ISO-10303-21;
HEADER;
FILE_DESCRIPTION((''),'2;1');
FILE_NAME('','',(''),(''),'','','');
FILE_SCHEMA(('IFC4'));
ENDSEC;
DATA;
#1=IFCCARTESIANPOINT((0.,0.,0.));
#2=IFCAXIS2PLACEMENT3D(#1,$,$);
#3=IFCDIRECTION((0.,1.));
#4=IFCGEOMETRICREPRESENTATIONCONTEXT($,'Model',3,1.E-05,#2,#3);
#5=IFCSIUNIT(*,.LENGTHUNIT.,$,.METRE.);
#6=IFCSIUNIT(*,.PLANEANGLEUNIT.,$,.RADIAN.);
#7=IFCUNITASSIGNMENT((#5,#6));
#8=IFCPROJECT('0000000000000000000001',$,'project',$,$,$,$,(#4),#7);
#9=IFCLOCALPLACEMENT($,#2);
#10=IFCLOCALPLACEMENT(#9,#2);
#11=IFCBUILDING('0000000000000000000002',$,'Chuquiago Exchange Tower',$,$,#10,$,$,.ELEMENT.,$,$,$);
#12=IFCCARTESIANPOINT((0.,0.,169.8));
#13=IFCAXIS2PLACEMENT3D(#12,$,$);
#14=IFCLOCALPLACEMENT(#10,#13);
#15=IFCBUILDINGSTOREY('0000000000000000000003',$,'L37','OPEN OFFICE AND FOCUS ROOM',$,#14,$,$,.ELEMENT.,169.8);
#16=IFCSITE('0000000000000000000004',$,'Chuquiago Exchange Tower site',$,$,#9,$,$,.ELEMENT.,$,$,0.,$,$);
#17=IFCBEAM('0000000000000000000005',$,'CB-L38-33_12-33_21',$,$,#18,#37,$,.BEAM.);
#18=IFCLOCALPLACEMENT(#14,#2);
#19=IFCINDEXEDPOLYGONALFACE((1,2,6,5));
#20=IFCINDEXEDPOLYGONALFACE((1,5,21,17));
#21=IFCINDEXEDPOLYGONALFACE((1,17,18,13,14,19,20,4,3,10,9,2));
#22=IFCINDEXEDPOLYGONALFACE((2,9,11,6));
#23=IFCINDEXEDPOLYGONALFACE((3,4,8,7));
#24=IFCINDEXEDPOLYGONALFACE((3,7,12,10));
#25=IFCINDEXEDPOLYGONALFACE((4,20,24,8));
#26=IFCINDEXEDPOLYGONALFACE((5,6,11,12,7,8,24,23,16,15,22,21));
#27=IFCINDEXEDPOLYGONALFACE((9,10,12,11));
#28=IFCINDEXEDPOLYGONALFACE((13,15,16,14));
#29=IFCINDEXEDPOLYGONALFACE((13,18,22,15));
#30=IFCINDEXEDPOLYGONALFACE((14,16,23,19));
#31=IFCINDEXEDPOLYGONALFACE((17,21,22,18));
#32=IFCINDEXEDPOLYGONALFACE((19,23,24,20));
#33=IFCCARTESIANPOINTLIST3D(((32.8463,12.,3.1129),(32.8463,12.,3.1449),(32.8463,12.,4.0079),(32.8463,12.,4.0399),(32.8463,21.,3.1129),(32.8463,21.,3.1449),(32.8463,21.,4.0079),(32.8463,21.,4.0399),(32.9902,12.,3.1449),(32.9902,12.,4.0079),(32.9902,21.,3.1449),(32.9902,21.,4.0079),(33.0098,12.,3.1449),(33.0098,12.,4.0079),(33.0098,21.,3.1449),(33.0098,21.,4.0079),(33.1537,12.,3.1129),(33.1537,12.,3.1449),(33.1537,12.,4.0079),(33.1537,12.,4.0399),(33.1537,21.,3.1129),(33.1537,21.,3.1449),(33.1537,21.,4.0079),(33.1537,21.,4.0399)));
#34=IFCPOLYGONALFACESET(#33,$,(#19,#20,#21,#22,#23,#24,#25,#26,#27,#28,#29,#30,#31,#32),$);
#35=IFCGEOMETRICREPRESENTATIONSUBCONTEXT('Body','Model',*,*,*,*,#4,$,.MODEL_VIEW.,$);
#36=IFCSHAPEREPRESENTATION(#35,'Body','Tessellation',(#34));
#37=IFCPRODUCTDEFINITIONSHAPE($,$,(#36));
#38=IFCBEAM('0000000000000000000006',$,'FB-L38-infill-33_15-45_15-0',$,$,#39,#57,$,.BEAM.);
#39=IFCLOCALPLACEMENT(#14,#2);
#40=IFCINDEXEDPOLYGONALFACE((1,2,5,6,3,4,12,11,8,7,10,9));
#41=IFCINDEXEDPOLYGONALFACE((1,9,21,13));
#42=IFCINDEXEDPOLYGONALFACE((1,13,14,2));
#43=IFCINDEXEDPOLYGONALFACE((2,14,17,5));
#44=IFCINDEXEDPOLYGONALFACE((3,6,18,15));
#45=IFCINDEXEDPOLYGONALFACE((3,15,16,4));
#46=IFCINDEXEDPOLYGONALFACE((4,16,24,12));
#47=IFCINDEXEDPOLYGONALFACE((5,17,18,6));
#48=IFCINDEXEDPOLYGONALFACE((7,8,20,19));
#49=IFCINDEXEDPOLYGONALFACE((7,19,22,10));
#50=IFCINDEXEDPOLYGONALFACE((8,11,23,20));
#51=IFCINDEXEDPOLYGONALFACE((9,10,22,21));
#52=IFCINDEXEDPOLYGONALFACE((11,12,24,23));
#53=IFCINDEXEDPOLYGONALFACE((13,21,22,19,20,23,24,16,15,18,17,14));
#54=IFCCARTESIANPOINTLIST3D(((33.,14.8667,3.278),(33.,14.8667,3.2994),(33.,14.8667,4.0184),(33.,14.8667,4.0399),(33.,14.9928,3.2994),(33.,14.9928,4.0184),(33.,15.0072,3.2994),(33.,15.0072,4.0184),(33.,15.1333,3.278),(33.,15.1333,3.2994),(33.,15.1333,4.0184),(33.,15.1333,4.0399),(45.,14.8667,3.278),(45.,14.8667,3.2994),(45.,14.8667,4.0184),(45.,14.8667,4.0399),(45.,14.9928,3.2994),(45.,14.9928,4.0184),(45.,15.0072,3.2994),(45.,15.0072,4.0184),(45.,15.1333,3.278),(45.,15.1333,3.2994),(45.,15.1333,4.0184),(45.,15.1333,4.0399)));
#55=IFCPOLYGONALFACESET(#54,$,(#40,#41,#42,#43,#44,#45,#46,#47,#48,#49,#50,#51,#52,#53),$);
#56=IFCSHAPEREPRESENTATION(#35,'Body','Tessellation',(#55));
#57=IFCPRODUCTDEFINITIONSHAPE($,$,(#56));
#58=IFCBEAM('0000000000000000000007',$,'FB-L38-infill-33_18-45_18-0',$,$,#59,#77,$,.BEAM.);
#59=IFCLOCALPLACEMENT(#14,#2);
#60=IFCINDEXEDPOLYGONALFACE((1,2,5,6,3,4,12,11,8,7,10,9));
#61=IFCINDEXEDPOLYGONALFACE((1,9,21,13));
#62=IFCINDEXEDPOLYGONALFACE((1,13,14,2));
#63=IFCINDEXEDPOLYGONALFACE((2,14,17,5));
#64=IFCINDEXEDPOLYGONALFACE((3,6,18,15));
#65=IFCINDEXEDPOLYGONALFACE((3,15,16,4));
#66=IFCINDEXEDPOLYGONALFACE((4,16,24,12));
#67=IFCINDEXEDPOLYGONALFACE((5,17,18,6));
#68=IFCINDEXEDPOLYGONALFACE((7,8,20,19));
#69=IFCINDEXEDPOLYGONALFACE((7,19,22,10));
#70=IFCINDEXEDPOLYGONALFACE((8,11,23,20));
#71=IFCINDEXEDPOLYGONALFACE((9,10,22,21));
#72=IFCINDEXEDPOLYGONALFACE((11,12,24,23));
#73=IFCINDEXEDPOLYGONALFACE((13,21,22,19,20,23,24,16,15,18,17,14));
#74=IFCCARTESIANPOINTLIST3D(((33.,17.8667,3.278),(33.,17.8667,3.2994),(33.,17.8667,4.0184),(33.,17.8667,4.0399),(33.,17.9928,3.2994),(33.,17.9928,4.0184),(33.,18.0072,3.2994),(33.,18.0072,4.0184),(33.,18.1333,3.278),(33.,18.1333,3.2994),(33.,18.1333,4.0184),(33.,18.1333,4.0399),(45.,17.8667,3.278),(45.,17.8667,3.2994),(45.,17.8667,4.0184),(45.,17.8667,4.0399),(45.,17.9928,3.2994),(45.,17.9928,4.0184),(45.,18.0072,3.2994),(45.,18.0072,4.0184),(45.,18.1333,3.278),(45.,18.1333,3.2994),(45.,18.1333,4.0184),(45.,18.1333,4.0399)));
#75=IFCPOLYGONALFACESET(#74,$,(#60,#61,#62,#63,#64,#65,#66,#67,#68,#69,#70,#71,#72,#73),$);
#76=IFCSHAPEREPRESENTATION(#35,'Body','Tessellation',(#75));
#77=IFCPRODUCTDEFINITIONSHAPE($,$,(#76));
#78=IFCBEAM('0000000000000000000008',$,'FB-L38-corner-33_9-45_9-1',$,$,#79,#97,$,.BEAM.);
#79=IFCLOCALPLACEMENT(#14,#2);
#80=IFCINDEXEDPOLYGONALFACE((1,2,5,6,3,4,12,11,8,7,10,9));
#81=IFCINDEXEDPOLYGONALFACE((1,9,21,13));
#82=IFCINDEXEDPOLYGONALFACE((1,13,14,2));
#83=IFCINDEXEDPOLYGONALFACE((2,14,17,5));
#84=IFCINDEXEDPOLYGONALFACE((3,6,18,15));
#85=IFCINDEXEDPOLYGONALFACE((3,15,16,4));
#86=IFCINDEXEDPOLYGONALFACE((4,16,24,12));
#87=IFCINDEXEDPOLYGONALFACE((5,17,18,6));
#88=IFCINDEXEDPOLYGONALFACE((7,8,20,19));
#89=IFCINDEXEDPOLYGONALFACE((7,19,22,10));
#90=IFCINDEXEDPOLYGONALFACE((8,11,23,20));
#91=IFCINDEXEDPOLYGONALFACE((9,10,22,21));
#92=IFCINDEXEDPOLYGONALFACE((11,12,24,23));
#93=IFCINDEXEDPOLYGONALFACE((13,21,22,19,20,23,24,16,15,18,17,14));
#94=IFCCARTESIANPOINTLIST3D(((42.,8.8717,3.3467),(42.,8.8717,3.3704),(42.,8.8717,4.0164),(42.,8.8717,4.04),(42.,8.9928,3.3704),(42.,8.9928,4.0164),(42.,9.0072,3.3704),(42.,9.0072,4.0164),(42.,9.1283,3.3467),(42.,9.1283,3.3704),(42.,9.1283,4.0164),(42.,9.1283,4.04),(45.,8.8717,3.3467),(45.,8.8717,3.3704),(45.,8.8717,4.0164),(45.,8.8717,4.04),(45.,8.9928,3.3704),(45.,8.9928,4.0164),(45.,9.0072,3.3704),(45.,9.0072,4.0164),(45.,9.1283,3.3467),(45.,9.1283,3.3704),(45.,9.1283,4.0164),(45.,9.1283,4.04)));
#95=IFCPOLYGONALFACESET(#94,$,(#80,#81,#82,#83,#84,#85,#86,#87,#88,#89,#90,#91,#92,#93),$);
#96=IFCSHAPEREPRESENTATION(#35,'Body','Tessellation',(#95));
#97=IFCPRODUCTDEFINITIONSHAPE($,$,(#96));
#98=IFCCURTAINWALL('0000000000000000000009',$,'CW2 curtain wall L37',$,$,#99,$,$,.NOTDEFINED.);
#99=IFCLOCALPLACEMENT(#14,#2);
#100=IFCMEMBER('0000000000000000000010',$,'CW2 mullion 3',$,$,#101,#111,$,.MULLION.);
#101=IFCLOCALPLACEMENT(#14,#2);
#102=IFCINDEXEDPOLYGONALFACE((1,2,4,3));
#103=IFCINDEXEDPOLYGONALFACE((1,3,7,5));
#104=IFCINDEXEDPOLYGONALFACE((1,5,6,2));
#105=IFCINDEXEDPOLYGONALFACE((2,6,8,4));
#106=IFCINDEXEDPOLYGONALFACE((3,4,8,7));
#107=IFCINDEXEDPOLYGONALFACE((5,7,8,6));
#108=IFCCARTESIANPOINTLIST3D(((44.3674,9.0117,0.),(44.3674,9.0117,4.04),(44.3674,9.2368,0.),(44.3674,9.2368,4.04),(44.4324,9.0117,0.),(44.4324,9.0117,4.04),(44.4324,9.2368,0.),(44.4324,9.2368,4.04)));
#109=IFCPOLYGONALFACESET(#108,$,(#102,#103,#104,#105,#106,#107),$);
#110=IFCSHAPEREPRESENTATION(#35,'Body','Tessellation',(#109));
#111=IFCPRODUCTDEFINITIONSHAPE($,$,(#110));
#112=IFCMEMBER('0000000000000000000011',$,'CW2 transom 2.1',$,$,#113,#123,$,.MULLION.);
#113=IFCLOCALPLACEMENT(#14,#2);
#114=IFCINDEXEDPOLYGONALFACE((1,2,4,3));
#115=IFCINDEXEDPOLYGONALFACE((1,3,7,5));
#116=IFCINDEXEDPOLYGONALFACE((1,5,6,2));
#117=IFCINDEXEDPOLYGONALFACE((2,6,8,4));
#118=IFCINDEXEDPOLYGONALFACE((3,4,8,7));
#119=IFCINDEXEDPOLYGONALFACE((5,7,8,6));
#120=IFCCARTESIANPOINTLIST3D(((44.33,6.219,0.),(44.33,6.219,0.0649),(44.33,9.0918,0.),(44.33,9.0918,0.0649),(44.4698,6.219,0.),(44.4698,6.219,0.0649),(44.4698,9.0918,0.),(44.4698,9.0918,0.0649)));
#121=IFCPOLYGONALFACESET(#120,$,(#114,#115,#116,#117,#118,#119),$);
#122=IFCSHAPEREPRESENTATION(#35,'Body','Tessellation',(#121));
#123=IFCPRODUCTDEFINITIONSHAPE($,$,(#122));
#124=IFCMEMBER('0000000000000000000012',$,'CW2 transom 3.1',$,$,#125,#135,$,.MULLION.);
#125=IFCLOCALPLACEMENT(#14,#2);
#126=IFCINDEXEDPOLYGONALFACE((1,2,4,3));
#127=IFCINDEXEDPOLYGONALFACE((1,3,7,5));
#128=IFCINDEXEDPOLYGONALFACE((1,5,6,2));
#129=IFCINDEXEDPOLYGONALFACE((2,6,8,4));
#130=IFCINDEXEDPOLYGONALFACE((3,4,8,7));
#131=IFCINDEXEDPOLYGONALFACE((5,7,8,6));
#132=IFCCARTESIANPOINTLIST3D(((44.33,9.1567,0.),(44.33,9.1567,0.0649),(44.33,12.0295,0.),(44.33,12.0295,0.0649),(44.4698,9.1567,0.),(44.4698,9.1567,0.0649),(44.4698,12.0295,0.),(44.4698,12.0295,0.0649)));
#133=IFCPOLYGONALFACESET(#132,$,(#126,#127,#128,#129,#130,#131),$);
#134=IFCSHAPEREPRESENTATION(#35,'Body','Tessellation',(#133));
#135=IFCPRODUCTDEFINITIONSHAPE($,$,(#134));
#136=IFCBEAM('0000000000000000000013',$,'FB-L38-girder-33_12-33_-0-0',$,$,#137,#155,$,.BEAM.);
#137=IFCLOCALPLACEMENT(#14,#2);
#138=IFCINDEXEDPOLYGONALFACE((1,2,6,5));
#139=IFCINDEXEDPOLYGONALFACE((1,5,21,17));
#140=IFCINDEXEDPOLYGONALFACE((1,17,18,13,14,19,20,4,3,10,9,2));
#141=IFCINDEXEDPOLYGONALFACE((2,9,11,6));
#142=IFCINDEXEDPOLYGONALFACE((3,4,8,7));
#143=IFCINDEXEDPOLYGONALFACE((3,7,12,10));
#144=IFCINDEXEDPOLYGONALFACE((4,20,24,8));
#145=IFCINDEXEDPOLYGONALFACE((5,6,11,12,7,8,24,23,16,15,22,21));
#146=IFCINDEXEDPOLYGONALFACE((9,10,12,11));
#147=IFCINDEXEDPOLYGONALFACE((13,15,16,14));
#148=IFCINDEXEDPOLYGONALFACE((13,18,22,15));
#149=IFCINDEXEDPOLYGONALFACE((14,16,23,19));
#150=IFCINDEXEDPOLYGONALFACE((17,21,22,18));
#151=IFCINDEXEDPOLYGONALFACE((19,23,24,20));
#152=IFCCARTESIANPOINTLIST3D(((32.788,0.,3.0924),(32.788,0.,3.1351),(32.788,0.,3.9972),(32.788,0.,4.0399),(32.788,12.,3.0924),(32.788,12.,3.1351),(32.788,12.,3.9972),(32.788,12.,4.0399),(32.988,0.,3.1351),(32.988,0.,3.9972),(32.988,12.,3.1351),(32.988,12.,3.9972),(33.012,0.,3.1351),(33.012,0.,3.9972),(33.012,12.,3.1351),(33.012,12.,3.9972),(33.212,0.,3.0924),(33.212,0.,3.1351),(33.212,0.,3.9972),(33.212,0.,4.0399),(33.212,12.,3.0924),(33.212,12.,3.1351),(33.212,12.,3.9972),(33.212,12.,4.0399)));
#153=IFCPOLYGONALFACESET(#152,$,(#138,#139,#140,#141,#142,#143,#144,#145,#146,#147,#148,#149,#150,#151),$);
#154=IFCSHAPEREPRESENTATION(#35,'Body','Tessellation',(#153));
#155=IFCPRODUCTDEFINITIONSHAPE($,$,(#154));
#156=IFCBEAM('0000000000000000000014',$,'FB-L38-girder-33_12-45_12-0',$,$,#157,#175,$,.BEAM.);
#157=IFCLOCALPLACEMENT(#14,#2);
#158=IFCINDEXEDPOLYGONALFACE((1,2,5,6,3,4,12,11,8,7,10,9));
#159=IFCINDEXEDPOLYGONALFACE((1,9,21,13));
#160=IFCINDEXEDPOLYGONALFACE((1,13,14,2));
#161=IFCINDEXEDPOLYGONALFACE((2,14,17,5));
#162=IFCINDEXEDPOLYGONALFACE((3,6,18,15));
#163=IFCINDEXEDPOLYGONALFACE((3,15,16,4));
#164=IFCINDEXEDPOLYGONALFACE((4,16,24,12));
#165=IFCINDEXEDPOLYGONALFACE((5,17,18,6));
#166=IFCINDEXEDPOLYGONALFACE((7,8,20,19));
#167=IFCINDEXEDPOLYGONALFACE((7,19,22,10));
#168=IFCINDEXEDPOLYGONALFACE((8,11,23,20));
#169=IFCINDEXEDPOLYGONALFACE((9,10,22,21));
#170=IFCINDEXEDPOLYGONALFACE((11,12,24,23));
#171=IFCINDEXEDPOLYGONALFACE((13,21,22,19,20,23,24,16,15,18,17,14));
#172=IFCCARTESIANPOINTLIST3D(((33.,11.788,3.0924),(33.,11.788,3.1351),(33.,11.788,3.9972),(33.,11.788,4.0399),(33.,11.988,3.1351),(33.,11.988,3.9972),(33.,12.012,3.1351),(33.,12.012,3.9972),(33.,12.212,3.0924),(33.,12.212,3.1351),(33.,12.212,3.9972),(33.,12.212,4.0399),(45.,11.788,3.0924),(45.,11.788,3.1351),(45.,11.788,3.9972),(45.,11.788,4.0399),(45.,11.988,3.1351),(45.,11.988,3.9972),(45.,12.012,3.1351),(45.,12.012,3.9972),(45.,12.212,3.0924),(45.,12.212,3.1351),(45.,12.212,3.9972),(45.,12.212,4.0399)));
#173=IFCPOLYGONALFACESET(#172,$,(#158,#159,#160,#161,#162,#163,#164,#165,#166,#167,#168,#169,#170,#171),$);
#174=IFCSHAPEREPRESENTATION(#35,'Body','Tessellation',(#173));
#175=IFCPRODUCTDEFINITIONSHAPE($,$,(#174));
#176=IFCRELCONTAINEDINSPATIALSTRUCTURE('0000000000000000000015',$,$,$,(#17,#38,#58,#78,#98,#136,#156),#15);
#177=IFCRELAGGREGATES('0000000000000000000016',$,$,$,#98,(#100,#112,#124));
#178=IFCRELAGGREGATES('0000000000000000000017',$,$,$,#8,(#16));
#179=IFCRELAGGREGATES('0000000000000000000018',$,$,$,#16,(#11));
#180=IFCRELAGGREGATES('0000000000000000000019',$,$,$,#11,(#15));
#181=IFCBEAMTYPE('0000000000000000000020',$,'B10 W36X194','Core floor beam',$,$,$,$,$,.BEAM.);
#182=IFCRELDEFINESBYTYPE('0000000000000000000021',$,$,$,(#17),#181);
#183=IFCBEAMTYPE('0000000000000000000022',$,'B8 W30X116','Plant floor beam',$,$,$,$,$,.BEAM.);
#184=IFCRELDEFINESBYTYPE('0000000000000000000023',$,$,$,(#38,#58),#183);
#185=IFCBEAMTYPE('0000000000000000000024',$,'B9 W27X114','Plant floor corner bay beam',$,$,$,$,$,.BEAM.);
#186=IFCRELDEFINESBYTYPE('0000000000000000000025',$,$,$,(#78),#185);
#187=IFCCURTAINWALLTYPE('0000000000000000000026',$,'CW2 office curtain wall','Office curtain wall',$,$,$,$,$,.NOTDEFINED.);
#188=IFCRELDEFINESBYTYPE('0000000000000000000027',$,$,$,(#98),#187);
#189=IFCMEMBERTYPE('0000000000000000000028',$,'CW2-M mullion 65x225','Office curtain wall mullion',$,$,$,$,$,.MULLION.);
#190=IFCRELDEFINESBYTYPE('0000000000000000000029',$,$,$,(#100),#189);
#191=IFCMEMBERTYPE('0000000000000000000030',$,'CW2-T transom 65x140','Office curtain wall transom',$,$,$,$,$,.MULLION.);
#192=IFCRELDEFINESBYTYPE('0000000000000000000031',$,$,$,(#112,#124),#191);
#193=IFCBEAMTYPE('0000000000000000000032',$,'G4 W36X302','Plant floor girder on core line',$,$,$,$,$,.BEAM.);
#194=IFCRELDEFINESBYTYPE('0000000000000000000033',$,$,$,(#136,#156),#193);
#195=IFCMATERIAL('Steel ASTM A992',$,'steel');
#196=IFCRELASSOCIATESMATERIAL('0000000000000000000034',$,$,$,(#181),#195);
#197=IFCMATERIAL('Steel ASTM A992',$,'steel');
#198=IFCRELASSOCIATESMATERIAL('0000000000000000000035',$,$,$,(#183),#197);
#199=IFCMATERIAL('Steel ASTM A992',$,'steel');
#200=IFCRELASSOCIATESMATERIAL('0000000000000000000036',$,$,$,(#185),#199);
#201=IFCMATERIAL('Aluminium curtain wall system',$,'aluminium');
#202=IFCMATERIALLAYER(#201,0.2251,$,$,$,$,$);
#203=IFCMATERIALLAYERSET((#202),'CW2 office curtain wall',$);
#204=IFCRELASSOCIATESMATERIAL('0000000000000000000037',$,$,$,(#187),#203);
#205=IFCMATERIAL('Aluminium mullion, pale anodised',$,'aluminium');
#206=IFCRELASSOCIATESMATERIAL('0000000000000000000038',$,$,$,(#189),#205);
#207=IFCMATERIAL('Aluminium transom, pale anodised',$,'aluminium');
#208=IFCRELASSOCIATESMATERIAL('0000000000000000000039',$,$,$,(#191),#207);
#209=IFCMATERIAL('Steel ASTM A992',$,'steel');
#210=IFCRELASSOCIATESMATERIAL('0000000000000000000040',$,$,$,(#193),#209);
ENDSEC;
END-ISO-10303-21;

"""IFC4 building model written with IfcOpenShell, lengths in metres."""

from ifc_helpers import new_model, si_unit, direction, frame, origin, origin_2d, place, context, subcontext, project, spatial, rectangle, i_section, extrude, material, layer, layer_set, material_profile, profile_set, type_object, element, aggregate, save


model = new_model("IFC4")

# Units and contexts
model_context = context("Model", 3, precision=1e-05, world=origin(), true_north=direction((0.0, 1.0)))
body_context = subcontext(model_context, "Body", "Model", "MODEL_VIEW")
ifc_project = project(units=[si_unit("LENGTHUNIT", "METRE"), si_unit("PLANEANGLEUNIT", "RADIAN")], contexts=[model_context])

# Site, building, storey
site_placement = place(None, origin())
site = spatial("IfcSite", under=ifc_project, at=site_placement, Name="Chuquiago Exchange Tower site", CompositionType="ELEMENT", RefElevation=0.0)
building_placement = place(site_placement, origin())
building = spatial("IfcBuilding", under=site, at=building_placement, Name="Chuquiago Exchange Tower", CompositionType="ELEMENT")
storey_placement = place(building_placement, frame((0.0, 0.0, 169.8)))
storey = spatial("IfcBuildingStorey", under=building, at=storey_placement, Name="L37", Description="OPEN OFFICE AND FOCUS ROOM", CompositionType="ELEMENT", Elevation=169.8)

# Beams
ifc_material_1 = material(Name="Steel ASTM A992", Category="steel")
ifc_material_profile_1 = material_profile(ifc_material_1, i_section(OverallWidth=0.3074, OverallDepth=0.927, WebThickness=0.0195, FlangeThickness=0.032, at=origin_2d()), Name="W36X194")
ifc_profile_set_1 = profile_set([ifc_material_profile_1], Name="Steel ASTM A992")
beam_type_1 = type_object("IfcBeamType", Name="B10 W36X194", Description="Core floor beam", PredefinedType="BEAM", material=ifc_profile_set_1)
beam_1_placement = place(storey_placement, frame((33.0, 12.0, 3.5764), z_axis=(0.0, 1.0, 0.0), x_axis=(-1.0, 0.0, 0.0)))
element("IfcBeam", 1, at=beam_1_placement, inside=storey, type_object=beam_type_1, Name="CB-L38-33_12-33_21", PredefinedType="BEAM", context=body_context, shape_type="SweptSolid", body=[
    extrude(i_section(OverallWidth=0.3074, OverallDepth=0.927, WebThickness=0.0195, FlangeThickness=0.032, at=origin_2d()), origin(), (0.0, 0.0, 1.0), 9.0),
])
ifc_material_2 = material(Name="Steel ASTM A992", Category="steel")
ifc_material_profile_2 = material_profile(ifc_material_2, i_section(OverallWidth=0.2666, OverallDepth=0.762, WebThickness=0.0144, FlangeThickness=0.0215, at=origin_2d()), Name="W30X116")
ifc_profile_set_2 = profile_set([ifc_material_profile_2], Name="Steel ASTM A992")
beam_type_2 = type_object("IfcBeamType", Name="B8 W30X116", Description="Plant floor beam", PredefinedType="BEAM", material=ifc_profile_set_2)
for number, where, z_axis, x_axis, name in (
    (2, (33.0, 15.0, 3.6589), (1.0, 0.0, 0.0), (0.0, 1.0, 0.0), "FB-L38-infill-33_15-45_15-0"),
    (3, (33.0, 18.0, 3.6589), (1.0, 0.0, 0.0), (0.0, 1.0, 0.0), "FB-L38-infill-33_18-45_18-0"),
):
    element("IfcBeam", number, at=place(storey_placement, frame(where, z_axis=z_axis, x_axis=x_axis)), inside=storey, type_object=beam_type_2, Name=name, PredefinedType="BEAM", context=body_context, shape_type="SweptSolid", body=[
        extrude(i_section(OverallWidth=0.2666, OverallDepth=0.762, WebThickness=0.0144, FlangeThickness=0.0215, at=origin_2d()), origin(), (0.0, 0.0, 1.0), 12.0),
    ])
ifc_material_3 = material(Name="Steel ASTM A992", Category="steel")
ifc_material_profile_3 = material_profile(ifc_material_3, i_section(OverallWidth=0.2566, OverallDepth=0.6934, WebThickness=0.0144, FlangeThickness=0.0237, at=origin_2d()), Name="W27X114")
ifc_profile_set_3 = profile_set([ifc_material_profile_3], Name="Steel ASTM A992")
beam_type_3 = type_object("IfcBeamType", Name="B9 W27X114", Description="Plant floor corner bay beam", PredefinedType="BEAM", material=ifc_profile_set_3)
beam_2_placement = place(storey_placement, frame((42.0, 9.0, 3.6934), z_axis=(1.0, 0.0, 0.0), x_axis=(0.0, 1.0, 0.0)))
element("IfcBeam", 4, at=beam_2_placement, inside=storey, type_object=beam_type_3, Name="FB-L38-corner-33_9-45_9-1", PredefinedType="BEAM", context=body_context, shape_type="SweptSolid", body=[
    extrude(i_section(OverallWidth=0.2566, OverallDepth=0.6934, WebThickness=0.0144, FlangeThickness=0.0237, at=origin_2d()), origin(), (0.0, 0.0, 1.0), 3.0),
])

# Curtain wall, members
ifc_material_4 = material(Name="Aluminium curtain wall system", Category="aluminium")
ifc_layer_1 = layer(ifc_material_4, 0.2251)
ifc_layer_set_1 = layer_set([ifc_layer_1], Name="CW2 office curtain wall")
curtain_wall_type = type_object("IfcCurtainWallType", Name="CW2 office curtain wall", Description="Office curtain wall", PredefinedType="NOTDEFINED", material=ifc_layer_set_1)
curtain_wall_placement = place(storey_placement, origin())
curtain_wall = element("IfcCurtainWall", 5, at=curtain_wall_placement, inside=storey, type_object=curtain_wall_type, Name="CW2 curtain wall L37", PredefinedType="NOTDEFINED")
ifc_material_5 = material(Name="Aluminium mullion, pale anodised", Category="aluminium")
ifc_material_profile_4 = material_profile(ifc_material_5, rectangle(XDim=0.0649, YDim=0.2251, at=origin_2d()), Name="AL 65x225")
ifc_profile_set_4 = profile_set([ifc_material_profile_4], Name="Aluminium mullion, pale anodised")
member_type_1 = type_object("IfcMemberType", Name="CW2-M mullion 65x225", Description="Office curtain wall mullion", PredefinedType="MULLION", material=ifc_profile_set_4)
member_1_placement = place(storey_placement, frame((44.3999, 9.1243, 0.0), z_axis=(0.0, 0.0, 1.0), x_axis=(-1.0, 0.0, 0.0)))
member_1 = element("IfcMember", 6, at=member_1_placement, type_object=member_type_1, Name="CW2 mullion 3", PredefinedType="MULLION", context=body_context, shape_type="SweptSolid", body=[
    extrude(rectangle(XDim=0.0649, YDim=0.2251, at=origin_2d()), origin(), (0.0, 0.0, 1.0), 4.04),
])
ifc_material_6 = material(Name="Aluminium transom, pale anodised", Category="aluminium")
ifc_material_profile_5 = material_profile(ifc_material_6, rectangle(XDim=0.1399, YDim=0.0649, at=origin_2d()), Name="AL 140x65")
ifc_profile_set_5 = profile_set([ifc_material_profile_5], Name="Aluminium transom, pale anodised")
member_type_2 = type_object("IfcMemberType", Name="CW2-T transom 65x140", Description="Office curtain wall transom", PredefinedType="MULLION", material=ifc_profile_set_5)
member_2_placement = place(storey_placement, frame((44.3999, 6.219, 0.0325), z_axis=(0.0, 1.0, 0.0), x_axis=(-1.0, 0.0, 0.0)))
member_2 = element("IfcMember", 7, at=member_2_placement, type_object=member_type_2, Name="CW2 transom 2.1", PredefinedType="MULLION", context=body_context, shape_type="SweptSolid", body=[
    extrude(rectangle(XDim=0.1399, YDim=0.0649, at=origin_2d()), origin(), (0.0, 0.0, 1.0), 2.8728),
])
member_3_placement = place(storey_placement, frame((44.3999, 9.1567, 0.0325), z_axis=(0.0, 1.0, 0.0), x_axis=(-1.0, 0.0, 0.0)))
member_3 = element("IfcMember", 8, at=member_3_placement, type_object=member_type_2, Name="CW2 transom 3.1", PredefinedType="MULLION", context=body_context, shape_type="SweptSolid", body=[
    extrude(rectangle(XDim=0.1399, YDim=0.0649, at=origin_2d()), origin(), (0.0, 0.0, 1.0), 2.8728),
])

# Beams
ifc_material_7 = material(Name="Steel ASTM A992", Category="steel")
ifc_material_profile_6 = material_profile(ifc_material_7, i_section(OverallWidth=0.4241, OverallDepth=0.9475, WebThickness=0.0239, FlangeThickness=0.0427, at=origin_2d()), Name="W36X302")
ifc_profile_set_6 = profile_set([ifc_material_profile_6], Name="Steel ASTM A992")
beam_type_4 = type_object("IfcBeamType", Name="G4 W36X302", Description="Plant floor girder on core line", PredefinedType="BEAM", material=ifc_profile_set_6)
for number, where, z_axis, x_axis, name in (
    (9, (33.0, 12.0, 3.5662), (0.0, -1.0, 0.0), (1.0, 0.0, 0.0), "FB-L38-girder-33_12-33_-0-0"),
    (10, (33.0, 12.0, 3.5662), (1.0, 0.0, 0.0), (0.0, 1.0, 0.0), "FB-L38-girder-33_12-45_12-0"),
):
    element("IfcBeam", number, at=place(storey_placement, frame(where, z_axis=z_axis, x_axis=x_axis)), inside=storey, type_object=beam_type_4, Name=name, PredefinedType="BEAM", context=body_context, shape_type="SweptSolid", body=[
        extrude(i_section(OverallWidth=0.4241, OverallDepth=0.9475, WebThickness=0.0239, FlangeThickness=0.0427, at=origin_2d()), origin(), (0.0, 0.0, 1.0), 12.0),
    ])

aggregate(curtain_wall, [member_1, member_2, member_3])

save(model, "model.ifc")
